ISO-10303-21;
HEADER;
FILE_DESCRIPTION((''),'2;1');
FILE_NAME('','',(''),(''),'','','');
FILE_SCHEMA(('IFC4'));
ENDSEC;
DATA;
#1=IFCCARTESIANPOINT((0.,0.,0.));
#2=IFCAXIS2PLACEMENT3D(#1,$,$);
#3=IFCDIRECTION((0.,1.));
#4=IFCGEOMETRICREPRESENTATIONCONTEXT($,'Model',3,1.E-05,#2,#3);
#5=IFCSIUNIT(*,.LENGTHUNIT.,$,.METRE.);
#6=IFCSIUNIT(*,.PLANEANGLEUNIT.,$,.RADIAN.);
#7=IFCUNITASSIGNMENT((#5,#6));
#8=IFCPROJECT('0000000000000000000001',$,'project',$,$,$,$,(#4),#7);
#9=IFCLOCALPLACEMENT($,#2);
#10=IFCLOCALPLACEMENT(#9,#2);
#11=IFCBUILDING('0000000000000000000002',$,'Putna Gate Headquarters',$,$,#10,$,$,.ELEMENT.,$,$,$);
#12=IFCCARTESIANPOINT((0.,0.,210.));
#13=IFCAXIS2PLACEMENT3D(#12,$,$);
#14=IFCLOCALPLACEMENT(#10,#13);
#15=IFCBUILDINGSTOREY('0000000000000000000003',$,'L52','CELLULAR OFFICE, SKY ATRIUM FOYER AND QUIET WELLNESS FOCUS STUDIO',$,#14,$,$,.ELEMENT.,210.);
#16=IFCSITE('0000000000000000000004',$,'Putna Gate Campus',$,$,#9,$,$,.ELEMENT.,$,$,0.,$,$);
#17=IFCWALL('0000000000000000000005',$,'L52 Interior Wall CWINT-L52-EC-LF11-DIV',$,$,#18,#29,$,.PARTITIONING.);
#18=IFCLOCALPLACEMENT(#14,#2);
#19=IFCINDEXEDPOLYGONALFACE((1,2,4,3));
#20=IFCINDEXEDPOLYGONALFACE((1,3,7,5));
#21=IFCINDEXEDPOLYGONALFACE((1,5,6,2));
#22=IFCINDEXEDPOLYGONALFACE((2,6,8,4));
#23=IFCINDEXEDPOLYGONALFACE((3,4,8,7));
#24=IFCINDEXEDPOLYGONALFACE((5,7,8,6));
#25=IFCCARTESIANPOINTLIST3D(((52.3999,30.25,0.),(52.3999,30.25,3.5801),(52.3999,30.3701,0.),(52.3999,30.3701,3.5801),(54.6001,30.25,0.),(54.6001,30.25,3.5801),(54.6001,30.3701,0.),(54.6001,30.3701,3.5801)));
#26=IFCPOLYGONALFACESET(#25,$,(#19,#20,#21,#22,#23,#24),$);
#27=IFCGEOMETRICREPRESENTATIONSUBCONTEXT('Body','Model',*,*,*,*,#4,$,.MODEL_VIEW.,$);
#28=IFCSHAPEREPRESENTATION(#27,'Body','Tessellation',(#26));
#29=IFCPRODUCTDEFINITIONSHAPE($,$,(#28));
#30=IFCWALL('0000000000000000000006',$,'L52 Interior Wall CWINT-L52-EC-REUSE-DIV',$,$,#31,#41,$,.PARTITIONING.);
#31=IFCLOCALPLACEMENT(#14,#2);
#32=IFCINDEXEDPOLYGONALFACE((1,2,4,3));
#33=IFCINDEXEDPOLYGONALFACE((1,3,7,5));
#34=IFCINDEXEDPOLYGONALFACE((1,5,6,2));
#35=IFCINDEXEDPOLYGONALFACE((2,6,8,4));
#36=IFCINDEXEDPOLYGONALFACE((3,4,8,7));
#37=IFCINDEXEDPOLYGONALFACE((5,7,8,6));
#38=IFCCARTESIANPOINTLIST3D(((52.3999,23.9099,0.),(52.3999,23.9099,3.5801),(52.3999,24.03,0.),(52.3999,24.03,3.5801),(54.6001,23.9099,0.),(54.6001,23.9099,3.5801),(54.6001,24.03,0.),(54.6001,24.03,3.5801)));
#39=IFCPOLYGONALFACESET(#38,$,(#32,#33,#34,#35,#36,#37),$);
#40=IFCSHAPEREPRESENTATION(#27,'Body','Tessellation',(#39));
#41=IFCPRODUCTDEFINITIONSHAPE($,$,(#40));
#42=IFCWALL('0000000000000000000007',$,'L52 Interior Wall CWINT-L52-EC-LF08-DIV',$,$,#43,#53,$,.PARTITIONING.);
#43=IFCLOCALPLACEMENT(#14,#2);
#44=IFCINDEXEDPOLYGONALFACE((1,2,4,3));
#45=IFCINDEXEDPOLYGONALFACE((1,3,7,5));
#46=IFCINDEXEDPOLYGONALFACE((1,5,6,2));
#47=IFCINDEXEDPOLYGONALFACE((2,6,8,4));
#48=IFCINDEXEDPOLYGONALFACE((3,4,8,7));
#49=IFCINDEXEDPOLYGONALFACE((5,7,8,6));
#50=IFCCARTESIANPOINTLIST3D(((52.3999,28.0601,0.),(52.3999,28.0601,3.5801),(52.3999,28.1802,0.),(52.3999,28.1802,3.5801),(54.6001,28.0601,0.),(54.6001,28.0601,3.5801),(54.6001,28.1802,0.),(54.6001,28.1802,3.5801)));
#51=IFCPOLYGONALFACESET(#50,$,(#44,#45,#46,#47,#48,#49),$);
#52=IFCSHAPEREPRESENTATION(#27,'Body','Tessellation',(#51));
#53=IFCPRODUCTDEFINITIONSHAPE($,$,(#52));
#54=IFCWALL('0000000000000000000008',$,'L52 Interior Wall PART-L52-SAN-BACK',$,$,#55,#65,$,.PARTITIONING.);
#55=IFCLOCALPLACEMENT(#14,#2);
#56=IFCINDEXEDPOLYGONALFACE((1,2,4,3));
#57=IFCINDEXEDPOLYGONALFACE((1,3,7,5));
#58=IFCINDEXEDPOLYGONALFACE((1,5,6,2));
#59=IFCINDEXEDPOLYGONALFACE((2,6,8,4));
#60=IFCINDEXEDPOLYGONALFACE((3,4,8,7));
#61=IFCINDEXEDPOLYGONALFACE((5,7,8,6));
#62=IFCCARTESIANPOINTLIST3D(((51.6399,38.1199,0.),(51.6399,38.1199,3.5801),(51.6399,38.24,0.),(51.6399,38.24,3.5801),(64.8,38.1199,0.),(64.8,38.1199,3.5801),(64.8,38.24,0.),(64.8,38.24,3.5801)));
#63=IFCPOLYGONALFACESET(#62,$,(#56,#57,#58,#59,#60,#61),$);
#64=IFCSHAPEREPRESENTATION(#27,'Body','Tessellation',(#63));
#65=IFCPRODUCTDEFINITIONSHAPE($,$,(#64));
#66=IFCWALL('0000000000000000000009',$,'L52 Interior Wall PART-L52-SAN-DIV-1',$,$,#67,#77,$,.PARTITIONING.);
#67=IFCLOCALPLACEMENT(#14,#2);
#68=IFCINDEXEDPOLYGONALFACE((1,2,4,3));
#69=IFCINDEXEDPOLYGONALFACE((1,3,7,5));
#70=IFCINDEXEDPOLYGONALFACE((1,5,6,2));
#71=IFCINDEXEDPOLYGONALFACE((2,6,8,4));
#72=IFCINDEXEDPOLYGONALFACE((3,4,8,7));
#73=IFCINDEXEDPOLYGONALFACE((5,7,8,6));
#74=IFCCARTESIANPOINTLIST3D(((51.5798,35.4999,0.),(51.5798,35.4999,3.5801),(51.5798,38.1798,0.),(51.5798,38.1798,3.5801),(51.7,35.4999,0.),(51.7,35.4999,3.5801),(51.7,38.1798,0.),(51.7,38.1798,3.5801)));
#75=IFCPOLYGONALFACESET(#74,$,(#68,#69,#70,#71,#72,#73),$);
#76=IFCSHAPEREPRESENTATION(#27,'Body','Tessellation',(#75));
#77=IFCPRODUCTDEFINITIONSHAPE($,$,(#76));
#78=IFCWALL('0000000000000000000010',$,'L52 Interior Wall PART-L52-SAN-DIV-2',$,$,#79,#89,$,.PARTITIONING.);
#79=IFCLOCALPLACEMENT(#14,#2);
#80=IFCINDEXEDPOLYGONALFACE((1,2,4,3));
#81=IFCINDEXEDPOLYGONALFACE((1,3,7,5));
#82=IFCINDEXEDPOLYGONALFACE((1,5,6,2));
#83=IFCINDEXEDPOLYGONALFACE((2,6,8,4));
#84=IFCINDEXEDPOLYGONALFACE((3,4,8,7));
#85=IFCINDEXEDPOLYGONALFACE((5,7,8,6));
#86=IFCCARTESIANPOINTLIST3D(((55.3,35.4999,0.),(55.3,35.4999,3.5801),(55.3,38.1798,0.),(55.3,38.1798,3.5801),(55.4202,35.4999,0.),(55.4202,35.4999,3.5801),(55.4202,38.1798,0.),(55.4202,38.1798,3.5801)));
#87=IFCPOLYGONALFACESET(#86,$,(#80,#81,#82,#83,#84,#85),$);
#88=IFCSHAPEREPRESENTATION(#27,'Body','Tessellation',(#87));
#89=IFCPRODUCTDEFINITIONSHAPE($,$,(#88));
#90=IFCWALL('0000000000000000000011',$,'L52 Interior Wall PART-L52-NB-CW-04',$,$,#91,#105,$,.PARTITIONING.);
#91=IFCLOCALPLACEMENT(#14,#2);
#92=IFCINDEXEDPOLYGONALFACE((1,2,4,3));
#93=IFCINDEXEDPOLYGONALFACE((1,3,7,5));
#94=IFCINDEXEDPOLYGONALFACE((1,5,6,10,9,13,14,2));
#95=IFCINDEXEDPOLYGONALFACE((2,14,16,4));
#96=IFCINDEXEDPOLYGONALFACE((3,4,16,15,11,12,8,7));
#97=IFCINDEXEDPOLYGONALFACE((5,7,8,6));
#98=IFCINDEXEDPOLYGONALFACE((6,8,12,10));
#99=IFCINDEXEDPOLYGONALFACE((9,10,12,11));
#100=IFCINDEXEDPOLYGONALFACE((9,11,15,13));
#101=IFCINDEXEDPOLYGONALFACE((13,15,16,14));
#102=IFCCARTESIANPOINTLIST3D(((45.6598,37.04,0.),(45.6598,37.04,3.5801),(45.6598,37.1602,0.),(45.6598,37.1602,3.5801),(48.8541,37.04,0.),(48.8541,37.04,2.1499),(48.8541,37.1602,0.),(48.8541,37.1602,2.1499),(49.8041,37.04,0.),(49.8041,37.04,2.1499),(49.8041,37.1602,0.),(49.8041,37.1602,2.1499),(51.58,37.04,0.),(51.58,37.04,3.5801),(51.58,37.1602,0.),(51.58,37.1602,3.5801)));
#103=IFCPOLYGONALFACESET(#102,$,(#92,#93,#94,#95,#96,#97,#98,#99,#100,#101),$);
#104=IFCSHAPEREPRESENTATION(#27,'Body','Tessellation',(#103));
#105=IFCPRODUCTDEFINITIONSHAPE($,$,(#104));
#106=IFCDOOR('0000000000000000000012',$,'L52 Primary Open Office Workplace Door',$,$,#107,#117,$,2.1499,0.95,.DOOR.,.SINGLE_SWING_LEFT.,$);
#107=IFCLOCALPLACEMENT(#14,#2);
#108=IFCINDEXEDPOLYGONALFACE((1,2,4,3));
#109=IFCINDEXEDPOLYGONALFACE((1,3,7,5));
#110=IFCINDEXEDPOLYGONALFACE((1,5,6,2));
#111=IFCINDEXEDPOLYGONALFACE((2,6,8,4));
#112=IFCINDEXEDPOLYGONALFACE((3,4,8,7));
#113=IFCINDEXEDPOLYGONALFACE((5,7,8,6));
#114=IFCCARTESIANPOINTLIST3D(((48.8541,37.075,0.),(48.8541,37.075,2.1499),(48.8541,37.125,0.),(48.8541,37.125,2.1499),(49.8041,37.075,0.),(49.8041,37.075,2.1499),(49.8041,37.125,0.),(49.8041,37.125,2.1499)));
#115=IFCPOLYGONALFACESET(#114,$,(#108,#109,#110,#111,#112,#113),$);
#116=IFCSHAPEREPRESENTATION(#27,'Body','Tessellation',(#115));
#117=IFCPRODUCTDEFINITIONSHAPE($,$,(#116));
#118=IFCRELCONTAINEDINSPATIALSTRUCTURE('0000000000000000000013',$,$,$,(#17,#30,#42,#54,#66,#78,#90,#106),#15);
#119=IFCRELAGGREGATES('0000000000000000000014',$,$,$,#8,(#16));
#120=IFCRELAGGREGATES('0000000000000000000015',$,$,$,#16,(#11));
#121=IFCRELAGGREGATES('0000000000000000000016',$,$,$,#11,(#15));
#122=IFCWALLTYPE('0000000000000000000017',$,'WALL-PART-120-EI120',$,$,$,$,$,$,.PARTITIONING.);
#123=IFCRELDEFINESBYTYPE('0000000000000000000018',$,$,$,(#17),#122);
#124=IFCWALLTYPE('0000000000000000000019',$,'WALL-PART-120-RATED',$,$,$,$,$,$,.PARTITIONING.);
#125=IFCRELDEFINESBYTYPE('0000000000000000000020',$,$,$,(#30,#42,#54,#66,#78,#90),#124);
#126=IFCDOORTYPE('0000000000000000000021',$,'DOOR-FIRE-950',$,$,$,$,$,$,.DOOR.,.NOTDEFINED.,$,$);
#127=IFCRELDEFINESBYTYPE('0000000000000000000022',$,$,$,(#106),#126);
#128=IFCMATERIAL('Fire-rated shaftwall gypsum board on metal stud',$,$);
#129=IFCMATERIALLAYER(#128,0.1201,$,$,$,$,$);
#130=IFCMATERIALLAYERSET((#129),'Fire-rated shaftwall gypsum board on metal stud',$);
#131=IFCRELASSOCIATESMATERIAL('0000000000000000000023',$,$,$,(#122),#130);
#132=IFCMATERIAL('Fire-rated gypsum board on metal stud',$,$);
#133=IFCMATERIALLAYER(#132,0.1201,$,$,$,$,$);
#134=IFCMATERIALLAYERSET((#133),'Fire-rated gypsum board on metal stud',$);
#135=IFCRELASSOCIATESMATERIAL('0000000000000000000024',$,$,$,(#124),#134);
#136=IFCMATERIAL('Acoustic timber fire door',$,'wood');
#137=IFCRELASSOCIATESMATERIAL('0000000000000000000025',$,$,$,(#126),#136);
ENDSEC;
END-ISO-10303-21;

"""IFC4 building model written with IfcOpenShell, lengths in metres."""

from ifc_helpers import new_model, si_unit, direction, frame, frame_2d, origin, place, context, subcontext, project, spatial, rectangle, extrude, material, layer, layer_set, type_object, element, fill, save


model = new_model("IFC4")

# Units and contexts
model_context = context("Model", 3, precision=1e-05, world=origin(), true_north=direction((0.0, 1.0)))
body_context = subcontext(model_context, "Body", "Model", "MODEL_VIEW")
ifc_project = project(units=[si_unit("LENGTHUNIT", "METRE"), si_unit("PLANEANGLEUNIT", "RADIAN")], contexts=[model_context])

# Site, building, storey
site_placement = place(None, origin())
site = spatial("IfcSite", under=ifc_project, at=site_placement, Name="Putna Gate Campus", CompositionType="ELEMENT", RefElevation=0.0)
building_placement = place(site_placement, origin())
building = spatial("IfcBuilding", under=site, at=building_placement, Name="Putna Gate Headquarters", CompositionType="ELEMENT")
storey_placement = place(building_placement, frame((0.0, 0.0, 210.0)))
storey = spatial("IfcBuildingStorey", under=building, at=storey_placement, Name="L52", Description="CELLULAR OFFICE, SKY ATRIUM FOYER AND QUIET WELLNESS FOCUS STUDIO", CompositionType="ELEMENT", Elevation=210.0)

# Walls
ifc_material_1 = material(Name="Fire-rated shaftwall gypsum board on metal stud")
ifc_layer_1 = layer(ifc_material_1, 0.1201)
ifc_layer_set_1 = layer_set([ifc_layer_1], Name="Fire-rated shaftwall gypsum board on metal stud")
wall_type_1 = type_object("IfcWallType", Name="WALL-PART-120-EI120", PredefinedType="PARTITIONING", material=ifc_layer_set_1)
wall_1_placement = place(storey_placement, frame((52.3999, 30.3101, 0.0), z_axis=(0.0, 0.0, 1.0), x_axis=(1.0, 0.0, 0.0)))
element("IfcWall", 1, at=wall_1_placement, inside=storey, type_object=wall_type_1, Name="L52 Interior Wall CWINT-L52-EC-LF11-DIV", PredefinedType="PARTITIONING", context=body_context, shape_type="SweptSolid", body=[
    extrude(rectangle(XDim=2.2002, YDim=0.1201, at=frame_2d((1.1001, 0.0))), origin(), (0.0, 0.0, 1.0), 3.5801),
])
ifc_material_2 = material(Name="Fire-rated gypsum board on metal stud")
ifc_layer_2 = layer(ifc_material_2, 0.1201)
ifc_layer_set_2 = layer_set([ifc_layer_2], Name="Fire-rated gypsum board on metal stud")
wall_type_2 = type_object("IfcWallType", Name="WALL-PART-120-RATED", PredefinedType="PARTITIONING", material=ifc_layer_set_2)
for number, where, z_axis, x_axis, name in (
    (2, (52.3999, 23.97, 0.0), (0.0, 0.0, 1.0), (1.0, 0.0, 0.0), "L52 Interior Wall CWINT-L52-EC-REUSE-DIV"),
    (3, (52.3999, 28.1201, 0.0), (0.0, 0.0, 1.0), (1.0, 0.0, 0.0), "L52 Interior Wall CWINT-L52-EC-LF08-DIV"),
):
    element("IfcWall", number, at=place(storey_placement, frame(where, z_axis=z_axis, x_axis=x_axis)), inside=storey, type_object=wall_type_2, Name=name, PredefinedType="PARTITIONING", context=body_context, shape_type="SweptSolid", body=[
        extrude(rectangle(XDim=2.2002, YDim=0.1201, at=frame_2d((1.1001, 0.0))), origin(), (0.0, 0.0, 1.0), 3.5801),
    ])

# Shared definitions
ifc_material_3 = material(Name="Acoustic timber fire door", Category="wood")
door_type_1 = type_object("IfcDoorType", Name="DOOR-FIRE-950", OperationType="NOTDEFINED", PredefinedType="DOOR", material=ifc_material_3)

# Walls
wall_2_placement = place(storey_placement, frame((51.6399, 38.1799, 0.0), z_axis=(0.0, 0.0, 1.0), x_axis=(1.0, 0.0, 0.0)))
element("IfcWall", 4, at=wall_2_placement, inside=storey, type_object=wall_type_2, Name="L52 Interior Wall PART-L52-SAN-BACK", PredefinedType="PARTITIONING", context=body_context, shape_type="SweptSolid", body=[
    extrude(rectangle(XDim=13.1602, YDim=0.1201, at=frame_2d((6.5801, 0.0))), origin(), (0.0, 0.0, 1.0), 3.5801),
])
for number, where, z_axis, x_axis, name in (
    (5, (51.6399, 35.5, 0.0), (0.0, 0.0, 1.0), (0.0, 1.0, 0.0), "L52 Interior Wall PART-L52-SAN-DIV-1"),
    (6, (55.3601, 35.5, 0.0), (0.0, 0.0, 1.0), (0.0, 1.0, 0.0), "L52 Interior Wall PART-L52-SAN-DIV-2"),
):
    element("IfcWall", number, at=place(storey_placement, frame(where, z_axis=z_axis, x_axis=x_axis)), inside=storey, type_object=wall_type_2, Name=name, PredefinedType="PARTITIONING", context=body_context, shape_type="SweptSolid", body=[
        extrude(rectangle(XDim=2.6799, YDim=0.1201, at=frame_2d((1.3398, 0.0))), origin(), (0.0, 0.0, 1.0), 3.5801),
    ])

# Wall, opening, door
wall_3_placement = place(storey_placement, frame((45.6599, 37.1001, 0.0), z_axis=(0.0, 0.0, 1.0), x_axis=(1.0, 0.0, 0.0)))
wall_3 = element("IfcWall", 7, at=wall_3_placement, inside=storey, type_object=wall_type_2, Name="L52 Interior Wall PART-L52-NB-CW-04", PredefinedType="PARTITIONING", context=body_context, shape_type="SweptSolid", body=[
    extrude(rectangle(XDim=5.9202, YDim=0.1201, at=frame_2d((2.96, 0.0))), origin(), (0.0, 0.0, 1.0), 3.5801),
])
opening_1_placement = place(wall_3_placement, frame((3.1941, 0.0, 0.0)))
opening_1 = element("IfcOpeningElement", 8, at=opening_1_placement, cuts=wall_3, PredefinedType="OPENING", context=body_context, shape_type="SweptSolid", body=[
    extrude(rectangle(XDim=0.95, YDim=2.1499, at=frame_2d((0.4751, 1.075))), frame((0.0, 0.0701, 0.0), z_axis=(0.0, -1.0, 0.0), x_axis=(1.0, 0.0, 0.0)), (0.0, 0.0, 1.0), 0.1401),
])
door_1_placement = place(opening_1_placement, origin())
door_1 = element("IfcDoor", 9, at=door_1_placement, inside=storey, type_object=door_type_1, Name="L52 Primary Open Office Workplace Door", OperationType="SINGLE_SWING_LEFT", OverallHeight=2.1499, OverallWidth=0.95, PredefinedType="DOOR", context=body_context, shape_type="SweptSolid", body=[
    extrude(rectangle(XDim=0.95, YDim=2.1499, at=frame_2d((0.4751, 1.075))), frame((0.0, 0.0249, 0.0), z_axis=(0.0, -1.0, 0.0), x_axis=(1.0, 0.0, 0.0)), (0.0, 0.0, 1.0), 0.05),
])
fill(opening_1, door_1)

save(model, "model.ifc")
